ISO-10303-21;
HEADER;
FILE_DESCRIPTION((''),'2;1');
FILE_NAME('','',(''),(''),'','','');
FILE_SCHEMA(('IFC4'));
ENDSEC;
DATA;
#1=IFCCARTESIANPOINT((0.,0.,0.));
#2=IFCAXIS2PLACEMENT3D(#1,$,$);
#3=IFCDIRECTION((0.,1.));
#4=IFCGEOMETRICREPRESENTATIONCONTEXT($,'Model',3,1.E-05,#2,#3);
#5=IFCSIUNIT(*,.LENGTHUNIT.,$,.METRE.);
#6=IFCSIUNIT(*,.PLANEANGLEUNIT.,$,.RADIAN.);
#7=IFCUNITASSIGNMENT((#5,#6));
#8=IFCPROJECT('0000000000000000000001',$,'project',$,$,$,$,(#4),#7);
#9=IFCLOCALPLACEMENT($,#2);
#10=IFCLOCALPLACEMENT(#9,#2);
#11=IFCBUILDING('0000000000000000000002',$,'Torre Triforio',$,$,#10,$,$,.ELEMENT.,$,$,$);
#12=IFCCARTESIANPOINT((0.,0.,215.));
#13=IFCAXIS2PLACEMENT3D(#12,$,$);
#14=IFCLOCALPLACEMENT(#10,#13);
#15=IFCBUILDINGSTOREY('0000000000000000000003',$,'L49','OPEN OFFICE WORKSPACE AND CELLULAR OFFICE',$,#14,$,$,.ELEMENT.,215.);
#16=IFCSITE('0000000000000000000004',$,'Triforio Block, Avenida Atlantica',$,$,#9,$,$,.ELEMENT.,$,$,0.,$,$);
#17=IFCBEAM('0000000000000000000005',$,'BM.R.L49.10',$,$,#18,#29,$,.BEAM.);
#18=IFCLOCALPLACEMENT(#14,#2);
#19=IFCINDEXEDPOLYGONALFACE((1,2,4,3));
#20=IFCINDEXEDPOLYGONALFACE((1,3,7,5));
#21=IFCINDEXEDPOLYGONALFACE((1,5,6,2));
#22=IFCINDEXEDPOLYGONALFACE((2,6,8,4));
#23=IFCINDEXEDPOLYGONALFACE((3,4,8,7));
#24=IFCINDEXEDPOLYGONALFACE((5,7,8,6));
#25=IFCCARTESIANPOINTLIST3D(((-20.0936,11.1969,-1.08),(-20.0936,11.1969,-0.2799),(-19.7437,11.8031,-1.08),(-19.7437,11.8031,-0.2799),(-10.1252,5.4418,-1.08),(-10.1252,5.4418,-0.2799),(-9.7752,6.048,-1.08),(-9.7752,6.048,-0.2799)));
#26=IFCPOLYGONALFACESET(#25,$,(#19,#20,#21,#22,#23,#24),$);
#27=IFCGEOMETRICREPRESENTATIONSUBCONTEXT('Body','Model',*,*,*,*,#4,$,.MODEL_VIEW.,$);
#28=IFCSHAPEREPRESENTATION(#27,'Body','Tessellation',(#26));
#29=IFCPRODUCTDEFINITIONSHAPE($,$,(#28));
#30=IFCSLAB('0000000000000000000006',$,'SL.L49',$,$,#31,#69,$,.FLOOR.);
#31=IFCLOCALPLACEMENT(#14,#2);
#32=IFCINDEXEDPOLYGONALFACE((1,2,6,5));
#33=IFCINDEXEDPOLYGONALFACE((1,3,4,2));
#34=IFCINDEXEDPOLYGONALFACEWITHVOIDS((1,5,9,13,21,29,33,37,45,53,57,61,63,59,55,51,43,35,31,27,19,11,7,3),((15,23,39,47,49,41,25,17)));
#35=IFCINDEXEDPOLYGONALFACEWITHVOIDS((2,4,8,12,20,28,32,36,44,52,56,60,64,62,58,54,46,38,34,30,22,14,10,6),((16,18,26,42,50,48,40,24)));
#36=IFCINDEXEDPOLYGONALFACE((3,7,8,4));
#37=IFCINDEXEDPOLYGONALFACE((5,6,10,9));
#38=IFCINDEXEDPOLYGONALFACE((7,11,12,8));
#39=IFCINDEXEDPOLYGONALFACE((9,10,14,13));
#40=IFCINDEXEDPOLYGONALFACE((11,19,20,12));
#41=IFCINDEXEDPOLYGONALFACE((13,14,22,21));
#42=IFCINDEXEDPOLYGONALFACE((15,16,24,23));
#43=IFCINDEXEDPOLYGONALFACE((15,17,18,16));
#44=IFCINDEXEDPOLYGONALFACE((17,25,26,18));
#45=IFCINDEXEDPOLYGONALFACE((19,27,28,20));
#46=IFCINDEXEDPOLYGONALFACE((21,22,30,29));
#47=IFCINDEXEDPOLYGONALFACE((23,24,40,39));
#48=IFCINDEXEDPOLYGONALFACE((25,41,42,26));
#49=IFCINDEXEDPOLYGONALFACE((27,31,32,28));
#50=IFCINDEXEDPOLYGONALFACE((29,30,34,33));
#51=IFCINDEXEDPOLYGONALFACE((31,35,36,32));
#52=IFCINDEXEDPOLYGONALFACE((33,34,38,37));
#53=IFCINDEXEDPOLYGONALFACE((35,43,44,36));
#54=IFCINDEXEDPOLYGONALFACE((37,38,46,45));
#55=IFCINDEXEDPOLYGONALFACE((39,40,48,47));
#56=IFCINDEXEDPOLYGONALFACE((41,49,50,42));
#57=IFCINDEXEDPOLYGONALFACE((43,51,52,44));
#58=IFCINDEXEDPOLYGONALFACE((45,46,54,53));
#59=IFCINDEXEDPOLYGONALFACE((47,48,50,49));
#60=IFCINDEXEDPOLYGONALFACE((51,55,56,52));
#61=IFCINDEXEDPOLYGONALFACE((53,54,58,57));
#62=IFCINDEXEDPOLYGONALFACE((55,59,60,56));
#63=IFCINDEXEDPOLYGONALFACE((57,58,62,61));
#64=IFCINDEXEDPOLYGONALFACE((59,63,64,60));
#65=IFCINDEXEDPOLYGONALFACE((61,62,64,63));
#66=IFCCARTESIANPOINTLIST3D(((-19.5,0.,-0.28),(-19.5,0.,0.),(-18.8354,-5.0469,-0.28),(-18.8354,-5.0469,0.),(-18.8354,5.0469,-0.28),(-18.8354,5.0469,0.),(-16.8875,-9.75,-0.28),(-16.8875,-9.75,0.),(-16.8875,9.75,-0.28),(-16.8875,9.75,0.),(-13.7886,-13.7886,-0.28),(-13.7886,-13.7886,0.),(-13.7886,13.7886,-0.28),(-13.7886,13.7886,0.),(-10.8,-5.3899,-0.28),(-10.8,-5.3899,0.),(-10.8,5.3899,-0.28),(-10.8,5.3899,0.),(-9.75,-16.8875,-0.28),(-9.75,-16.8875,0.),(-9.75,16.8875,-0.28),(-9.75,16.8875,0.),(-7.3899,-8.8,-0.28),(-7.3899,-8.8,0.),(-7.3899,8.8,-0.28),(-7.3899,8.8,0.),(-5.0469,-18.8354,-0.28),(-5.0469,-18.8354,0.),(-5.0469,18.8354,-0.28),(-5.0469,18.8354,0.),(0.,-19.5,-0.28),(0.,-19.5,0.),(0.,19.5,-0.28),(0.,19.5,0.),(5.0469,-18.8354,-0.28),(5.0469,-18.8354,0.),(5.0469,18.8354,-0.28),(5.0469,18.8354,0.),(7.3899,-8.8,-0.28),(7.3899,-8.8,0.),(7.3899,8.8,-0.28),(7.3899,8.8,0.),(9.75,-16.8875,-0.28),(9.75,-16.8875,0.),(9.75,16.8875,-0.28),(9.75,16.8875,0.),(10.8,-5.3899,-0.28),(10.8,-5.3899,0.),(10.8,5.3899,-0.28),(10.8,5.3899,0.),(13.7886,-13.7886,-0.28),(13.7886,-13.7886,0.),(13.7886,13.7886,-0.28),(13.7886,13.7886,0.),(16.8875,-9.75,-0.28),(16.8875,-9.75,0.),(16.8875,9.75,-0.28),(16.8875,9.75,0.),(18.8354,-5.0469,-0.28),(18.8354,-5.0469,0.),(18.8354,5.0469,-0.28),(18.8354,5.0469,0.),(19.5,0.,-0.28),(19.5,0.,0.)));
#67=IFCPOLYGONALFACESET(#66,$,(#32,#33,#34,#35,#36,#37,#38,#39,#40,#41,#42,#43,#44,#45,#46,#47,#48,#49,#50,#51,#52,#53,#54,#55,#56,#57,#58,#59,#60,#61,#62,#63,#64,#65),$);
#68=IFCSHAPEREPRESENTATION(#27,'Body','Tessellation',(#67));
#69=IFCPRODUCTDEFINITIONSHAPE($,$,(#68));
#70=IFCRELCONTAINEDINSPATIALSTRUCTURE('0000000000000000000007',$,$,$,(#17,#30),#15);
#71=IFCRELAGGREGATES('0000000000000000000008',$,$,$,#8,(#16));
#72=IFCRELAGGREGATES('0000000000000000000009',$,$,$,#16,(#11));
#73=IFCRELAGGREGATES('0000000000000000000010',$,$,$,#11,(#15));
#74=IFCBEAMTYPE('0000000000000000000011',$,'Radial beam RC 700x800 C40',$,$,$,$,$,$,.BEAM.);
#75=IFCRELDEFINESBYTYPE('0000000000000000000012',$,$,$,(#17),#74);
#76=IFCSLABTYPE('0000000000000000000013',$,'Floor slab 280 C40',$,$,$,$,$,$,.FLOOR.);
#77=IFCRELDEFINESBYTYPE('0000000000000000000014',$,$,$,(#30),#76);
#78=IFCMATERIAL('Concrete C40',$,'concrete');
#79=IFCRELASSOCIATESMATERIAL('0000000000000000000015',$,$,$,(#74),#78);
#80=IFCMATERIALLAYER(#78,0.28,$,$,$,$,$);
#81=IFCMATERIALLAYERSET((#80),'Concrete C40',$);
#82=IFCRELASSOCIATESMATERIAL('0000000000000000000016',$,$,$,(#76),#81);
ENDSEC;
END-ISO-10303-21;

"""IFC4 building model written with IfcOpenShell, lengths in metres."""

from ifc_helpers import new_model, si_unit, direction, frame, origin, origin_2d, place, context, subcontext, project, spatial, polyline, rectangle, outline, extrude, material, layer, layer_set, material_profile, profile_set, type_object, element, save


model = new_model("IFC4")

# Units and contexts
model_context = context("Model", 3, precision=1e-05, world=origin(), true_north=direction((0.0, 1.0)))
body_context = subcontext(model_context, "Body", "Model", "MODEL_VIEW")
ifc_project = project(units=[si_unit("LENGTHUNIT", "METRE"), si_unit("PLANEANGLEUNIT", "RADIAN")], contexts=[model_context])

# Site, building, storey
site_placement = place(None, origin())
site = spatial("IfcSite", under=ifc_project, at=site_placement, Name="Triforio Block, Avenida Atlantica", CompositionType="ELEMENT", RefElevation=0.0)
building_placement = place(site_placement, origin())
building = spatial("IfcBuilding", under=site, at=building_placement, Name="Torre Triforio", CompositionType="ELEMENT")
storey_placement = place(building_placement, frame((0.0, 0.0, 215.0)))
storey = spatial("IfcBuildingStorey", under=building, at=storey_placement, Name="L49", Description="OPEN OFFICE WORKSPACE AND CELLULAR OFFICE", CompositionType="ELEMENT", Elevation=215.0)

# Beam
ifc_material_1 = material(Name="Concrete C40", Category="concrete")
ifc_material_profile = material_profile(ifc_material_1, rectangle(XDim=0.7, YDim=0.8, at=origin_2d()), Name="RC 700x800")
ifc_profile_set = profile_set([ifc_material_profile], Name="Concrete C40")
beam_type = type_object("IfcBeamType", Name="Radial beam RC 700x800 C40", PredefinedType="BEAM", material=ifc_profile_set)
beam_placement = place(storey_placement, frame((-9.9502, 5.7449, -0.6799), z_axis=(-0.866033, 0.499987, 0.0), x_axis=(-0.499987, -0.866033, 0.0)))
element("IfcBeam", 1, at=beam_placement, inside=storey, type_object=beam_type, Name="BM.R.L49.10", PredefinedType="BEAM", context=body_context, shape_type="SweptSolid", body=[
    extrude(rectangle(XDim=0.7, YDim=0.8, at=origin_2d()), origin(), (0.0, 0.0, 1.0), 11.5105),
])

# Slab
ifc_layer_1 = layer(ifc_material_1, 0.28)
ifc_layer_set_1 = layer_set([ifc_layer_1], Name="Concrete C40")
slab_type_1 = type_object("IfcSlabType", Name="Floor slab 280 C40", PredefinedType="FLOOR", material=ifc_layer_set_1)
slab_1_placement = place(storey_placement, frame((0.0, 0.0, -0.28)))
element("IfcSlab", 2, at=slab_1_placement, inside=storey, type_object=slab_type_1, Name="SL.L49", PredefinedType="FLOOR", context=body_context, shape_type="SweptSolid", body=[
    extrude(outline(polyline([(16.8875, -9.75), (18.8354, -5.0469), (19.5, 0.0), (18.8354, 5.0469), (16.8875, 9.75), (13.7886, 13.7886), (9.75, 16.8875), (5.0469, 18.8354), (0.0, 19.5), (-5.0469, 18.8354), (-9.75, 16.8875), (-13.7886, 13.7886), (-16.8875, 9.75), (-18.8354, 5.0469), (-19.5, 0.0), (-18.8354, -5.0469), (-16.8875, -9.75), (-13.7886, -13.7886), (-9.75, -16.8875), (-5.0469, -18.8354), (0.0, -19.5), (5.0469, -18.8354), (9.75, -16.8875), (13.7886, -13.7886), (16.8875, -9.75)]), holes=[polyline([(10.8, 5.3899), (10.8, -5.3899), (7.3899, -8.8), (-7.3899, -8.8), (-10.8, -5.3899), (-10.8, 5.3899), (-7.3899, 8.8), (7.3899, 8.8), (10.8, 5.3899)])]), origin(), (0.0, 0.0, 1.0), 0.28),
])

save(model, "model.ifc")
